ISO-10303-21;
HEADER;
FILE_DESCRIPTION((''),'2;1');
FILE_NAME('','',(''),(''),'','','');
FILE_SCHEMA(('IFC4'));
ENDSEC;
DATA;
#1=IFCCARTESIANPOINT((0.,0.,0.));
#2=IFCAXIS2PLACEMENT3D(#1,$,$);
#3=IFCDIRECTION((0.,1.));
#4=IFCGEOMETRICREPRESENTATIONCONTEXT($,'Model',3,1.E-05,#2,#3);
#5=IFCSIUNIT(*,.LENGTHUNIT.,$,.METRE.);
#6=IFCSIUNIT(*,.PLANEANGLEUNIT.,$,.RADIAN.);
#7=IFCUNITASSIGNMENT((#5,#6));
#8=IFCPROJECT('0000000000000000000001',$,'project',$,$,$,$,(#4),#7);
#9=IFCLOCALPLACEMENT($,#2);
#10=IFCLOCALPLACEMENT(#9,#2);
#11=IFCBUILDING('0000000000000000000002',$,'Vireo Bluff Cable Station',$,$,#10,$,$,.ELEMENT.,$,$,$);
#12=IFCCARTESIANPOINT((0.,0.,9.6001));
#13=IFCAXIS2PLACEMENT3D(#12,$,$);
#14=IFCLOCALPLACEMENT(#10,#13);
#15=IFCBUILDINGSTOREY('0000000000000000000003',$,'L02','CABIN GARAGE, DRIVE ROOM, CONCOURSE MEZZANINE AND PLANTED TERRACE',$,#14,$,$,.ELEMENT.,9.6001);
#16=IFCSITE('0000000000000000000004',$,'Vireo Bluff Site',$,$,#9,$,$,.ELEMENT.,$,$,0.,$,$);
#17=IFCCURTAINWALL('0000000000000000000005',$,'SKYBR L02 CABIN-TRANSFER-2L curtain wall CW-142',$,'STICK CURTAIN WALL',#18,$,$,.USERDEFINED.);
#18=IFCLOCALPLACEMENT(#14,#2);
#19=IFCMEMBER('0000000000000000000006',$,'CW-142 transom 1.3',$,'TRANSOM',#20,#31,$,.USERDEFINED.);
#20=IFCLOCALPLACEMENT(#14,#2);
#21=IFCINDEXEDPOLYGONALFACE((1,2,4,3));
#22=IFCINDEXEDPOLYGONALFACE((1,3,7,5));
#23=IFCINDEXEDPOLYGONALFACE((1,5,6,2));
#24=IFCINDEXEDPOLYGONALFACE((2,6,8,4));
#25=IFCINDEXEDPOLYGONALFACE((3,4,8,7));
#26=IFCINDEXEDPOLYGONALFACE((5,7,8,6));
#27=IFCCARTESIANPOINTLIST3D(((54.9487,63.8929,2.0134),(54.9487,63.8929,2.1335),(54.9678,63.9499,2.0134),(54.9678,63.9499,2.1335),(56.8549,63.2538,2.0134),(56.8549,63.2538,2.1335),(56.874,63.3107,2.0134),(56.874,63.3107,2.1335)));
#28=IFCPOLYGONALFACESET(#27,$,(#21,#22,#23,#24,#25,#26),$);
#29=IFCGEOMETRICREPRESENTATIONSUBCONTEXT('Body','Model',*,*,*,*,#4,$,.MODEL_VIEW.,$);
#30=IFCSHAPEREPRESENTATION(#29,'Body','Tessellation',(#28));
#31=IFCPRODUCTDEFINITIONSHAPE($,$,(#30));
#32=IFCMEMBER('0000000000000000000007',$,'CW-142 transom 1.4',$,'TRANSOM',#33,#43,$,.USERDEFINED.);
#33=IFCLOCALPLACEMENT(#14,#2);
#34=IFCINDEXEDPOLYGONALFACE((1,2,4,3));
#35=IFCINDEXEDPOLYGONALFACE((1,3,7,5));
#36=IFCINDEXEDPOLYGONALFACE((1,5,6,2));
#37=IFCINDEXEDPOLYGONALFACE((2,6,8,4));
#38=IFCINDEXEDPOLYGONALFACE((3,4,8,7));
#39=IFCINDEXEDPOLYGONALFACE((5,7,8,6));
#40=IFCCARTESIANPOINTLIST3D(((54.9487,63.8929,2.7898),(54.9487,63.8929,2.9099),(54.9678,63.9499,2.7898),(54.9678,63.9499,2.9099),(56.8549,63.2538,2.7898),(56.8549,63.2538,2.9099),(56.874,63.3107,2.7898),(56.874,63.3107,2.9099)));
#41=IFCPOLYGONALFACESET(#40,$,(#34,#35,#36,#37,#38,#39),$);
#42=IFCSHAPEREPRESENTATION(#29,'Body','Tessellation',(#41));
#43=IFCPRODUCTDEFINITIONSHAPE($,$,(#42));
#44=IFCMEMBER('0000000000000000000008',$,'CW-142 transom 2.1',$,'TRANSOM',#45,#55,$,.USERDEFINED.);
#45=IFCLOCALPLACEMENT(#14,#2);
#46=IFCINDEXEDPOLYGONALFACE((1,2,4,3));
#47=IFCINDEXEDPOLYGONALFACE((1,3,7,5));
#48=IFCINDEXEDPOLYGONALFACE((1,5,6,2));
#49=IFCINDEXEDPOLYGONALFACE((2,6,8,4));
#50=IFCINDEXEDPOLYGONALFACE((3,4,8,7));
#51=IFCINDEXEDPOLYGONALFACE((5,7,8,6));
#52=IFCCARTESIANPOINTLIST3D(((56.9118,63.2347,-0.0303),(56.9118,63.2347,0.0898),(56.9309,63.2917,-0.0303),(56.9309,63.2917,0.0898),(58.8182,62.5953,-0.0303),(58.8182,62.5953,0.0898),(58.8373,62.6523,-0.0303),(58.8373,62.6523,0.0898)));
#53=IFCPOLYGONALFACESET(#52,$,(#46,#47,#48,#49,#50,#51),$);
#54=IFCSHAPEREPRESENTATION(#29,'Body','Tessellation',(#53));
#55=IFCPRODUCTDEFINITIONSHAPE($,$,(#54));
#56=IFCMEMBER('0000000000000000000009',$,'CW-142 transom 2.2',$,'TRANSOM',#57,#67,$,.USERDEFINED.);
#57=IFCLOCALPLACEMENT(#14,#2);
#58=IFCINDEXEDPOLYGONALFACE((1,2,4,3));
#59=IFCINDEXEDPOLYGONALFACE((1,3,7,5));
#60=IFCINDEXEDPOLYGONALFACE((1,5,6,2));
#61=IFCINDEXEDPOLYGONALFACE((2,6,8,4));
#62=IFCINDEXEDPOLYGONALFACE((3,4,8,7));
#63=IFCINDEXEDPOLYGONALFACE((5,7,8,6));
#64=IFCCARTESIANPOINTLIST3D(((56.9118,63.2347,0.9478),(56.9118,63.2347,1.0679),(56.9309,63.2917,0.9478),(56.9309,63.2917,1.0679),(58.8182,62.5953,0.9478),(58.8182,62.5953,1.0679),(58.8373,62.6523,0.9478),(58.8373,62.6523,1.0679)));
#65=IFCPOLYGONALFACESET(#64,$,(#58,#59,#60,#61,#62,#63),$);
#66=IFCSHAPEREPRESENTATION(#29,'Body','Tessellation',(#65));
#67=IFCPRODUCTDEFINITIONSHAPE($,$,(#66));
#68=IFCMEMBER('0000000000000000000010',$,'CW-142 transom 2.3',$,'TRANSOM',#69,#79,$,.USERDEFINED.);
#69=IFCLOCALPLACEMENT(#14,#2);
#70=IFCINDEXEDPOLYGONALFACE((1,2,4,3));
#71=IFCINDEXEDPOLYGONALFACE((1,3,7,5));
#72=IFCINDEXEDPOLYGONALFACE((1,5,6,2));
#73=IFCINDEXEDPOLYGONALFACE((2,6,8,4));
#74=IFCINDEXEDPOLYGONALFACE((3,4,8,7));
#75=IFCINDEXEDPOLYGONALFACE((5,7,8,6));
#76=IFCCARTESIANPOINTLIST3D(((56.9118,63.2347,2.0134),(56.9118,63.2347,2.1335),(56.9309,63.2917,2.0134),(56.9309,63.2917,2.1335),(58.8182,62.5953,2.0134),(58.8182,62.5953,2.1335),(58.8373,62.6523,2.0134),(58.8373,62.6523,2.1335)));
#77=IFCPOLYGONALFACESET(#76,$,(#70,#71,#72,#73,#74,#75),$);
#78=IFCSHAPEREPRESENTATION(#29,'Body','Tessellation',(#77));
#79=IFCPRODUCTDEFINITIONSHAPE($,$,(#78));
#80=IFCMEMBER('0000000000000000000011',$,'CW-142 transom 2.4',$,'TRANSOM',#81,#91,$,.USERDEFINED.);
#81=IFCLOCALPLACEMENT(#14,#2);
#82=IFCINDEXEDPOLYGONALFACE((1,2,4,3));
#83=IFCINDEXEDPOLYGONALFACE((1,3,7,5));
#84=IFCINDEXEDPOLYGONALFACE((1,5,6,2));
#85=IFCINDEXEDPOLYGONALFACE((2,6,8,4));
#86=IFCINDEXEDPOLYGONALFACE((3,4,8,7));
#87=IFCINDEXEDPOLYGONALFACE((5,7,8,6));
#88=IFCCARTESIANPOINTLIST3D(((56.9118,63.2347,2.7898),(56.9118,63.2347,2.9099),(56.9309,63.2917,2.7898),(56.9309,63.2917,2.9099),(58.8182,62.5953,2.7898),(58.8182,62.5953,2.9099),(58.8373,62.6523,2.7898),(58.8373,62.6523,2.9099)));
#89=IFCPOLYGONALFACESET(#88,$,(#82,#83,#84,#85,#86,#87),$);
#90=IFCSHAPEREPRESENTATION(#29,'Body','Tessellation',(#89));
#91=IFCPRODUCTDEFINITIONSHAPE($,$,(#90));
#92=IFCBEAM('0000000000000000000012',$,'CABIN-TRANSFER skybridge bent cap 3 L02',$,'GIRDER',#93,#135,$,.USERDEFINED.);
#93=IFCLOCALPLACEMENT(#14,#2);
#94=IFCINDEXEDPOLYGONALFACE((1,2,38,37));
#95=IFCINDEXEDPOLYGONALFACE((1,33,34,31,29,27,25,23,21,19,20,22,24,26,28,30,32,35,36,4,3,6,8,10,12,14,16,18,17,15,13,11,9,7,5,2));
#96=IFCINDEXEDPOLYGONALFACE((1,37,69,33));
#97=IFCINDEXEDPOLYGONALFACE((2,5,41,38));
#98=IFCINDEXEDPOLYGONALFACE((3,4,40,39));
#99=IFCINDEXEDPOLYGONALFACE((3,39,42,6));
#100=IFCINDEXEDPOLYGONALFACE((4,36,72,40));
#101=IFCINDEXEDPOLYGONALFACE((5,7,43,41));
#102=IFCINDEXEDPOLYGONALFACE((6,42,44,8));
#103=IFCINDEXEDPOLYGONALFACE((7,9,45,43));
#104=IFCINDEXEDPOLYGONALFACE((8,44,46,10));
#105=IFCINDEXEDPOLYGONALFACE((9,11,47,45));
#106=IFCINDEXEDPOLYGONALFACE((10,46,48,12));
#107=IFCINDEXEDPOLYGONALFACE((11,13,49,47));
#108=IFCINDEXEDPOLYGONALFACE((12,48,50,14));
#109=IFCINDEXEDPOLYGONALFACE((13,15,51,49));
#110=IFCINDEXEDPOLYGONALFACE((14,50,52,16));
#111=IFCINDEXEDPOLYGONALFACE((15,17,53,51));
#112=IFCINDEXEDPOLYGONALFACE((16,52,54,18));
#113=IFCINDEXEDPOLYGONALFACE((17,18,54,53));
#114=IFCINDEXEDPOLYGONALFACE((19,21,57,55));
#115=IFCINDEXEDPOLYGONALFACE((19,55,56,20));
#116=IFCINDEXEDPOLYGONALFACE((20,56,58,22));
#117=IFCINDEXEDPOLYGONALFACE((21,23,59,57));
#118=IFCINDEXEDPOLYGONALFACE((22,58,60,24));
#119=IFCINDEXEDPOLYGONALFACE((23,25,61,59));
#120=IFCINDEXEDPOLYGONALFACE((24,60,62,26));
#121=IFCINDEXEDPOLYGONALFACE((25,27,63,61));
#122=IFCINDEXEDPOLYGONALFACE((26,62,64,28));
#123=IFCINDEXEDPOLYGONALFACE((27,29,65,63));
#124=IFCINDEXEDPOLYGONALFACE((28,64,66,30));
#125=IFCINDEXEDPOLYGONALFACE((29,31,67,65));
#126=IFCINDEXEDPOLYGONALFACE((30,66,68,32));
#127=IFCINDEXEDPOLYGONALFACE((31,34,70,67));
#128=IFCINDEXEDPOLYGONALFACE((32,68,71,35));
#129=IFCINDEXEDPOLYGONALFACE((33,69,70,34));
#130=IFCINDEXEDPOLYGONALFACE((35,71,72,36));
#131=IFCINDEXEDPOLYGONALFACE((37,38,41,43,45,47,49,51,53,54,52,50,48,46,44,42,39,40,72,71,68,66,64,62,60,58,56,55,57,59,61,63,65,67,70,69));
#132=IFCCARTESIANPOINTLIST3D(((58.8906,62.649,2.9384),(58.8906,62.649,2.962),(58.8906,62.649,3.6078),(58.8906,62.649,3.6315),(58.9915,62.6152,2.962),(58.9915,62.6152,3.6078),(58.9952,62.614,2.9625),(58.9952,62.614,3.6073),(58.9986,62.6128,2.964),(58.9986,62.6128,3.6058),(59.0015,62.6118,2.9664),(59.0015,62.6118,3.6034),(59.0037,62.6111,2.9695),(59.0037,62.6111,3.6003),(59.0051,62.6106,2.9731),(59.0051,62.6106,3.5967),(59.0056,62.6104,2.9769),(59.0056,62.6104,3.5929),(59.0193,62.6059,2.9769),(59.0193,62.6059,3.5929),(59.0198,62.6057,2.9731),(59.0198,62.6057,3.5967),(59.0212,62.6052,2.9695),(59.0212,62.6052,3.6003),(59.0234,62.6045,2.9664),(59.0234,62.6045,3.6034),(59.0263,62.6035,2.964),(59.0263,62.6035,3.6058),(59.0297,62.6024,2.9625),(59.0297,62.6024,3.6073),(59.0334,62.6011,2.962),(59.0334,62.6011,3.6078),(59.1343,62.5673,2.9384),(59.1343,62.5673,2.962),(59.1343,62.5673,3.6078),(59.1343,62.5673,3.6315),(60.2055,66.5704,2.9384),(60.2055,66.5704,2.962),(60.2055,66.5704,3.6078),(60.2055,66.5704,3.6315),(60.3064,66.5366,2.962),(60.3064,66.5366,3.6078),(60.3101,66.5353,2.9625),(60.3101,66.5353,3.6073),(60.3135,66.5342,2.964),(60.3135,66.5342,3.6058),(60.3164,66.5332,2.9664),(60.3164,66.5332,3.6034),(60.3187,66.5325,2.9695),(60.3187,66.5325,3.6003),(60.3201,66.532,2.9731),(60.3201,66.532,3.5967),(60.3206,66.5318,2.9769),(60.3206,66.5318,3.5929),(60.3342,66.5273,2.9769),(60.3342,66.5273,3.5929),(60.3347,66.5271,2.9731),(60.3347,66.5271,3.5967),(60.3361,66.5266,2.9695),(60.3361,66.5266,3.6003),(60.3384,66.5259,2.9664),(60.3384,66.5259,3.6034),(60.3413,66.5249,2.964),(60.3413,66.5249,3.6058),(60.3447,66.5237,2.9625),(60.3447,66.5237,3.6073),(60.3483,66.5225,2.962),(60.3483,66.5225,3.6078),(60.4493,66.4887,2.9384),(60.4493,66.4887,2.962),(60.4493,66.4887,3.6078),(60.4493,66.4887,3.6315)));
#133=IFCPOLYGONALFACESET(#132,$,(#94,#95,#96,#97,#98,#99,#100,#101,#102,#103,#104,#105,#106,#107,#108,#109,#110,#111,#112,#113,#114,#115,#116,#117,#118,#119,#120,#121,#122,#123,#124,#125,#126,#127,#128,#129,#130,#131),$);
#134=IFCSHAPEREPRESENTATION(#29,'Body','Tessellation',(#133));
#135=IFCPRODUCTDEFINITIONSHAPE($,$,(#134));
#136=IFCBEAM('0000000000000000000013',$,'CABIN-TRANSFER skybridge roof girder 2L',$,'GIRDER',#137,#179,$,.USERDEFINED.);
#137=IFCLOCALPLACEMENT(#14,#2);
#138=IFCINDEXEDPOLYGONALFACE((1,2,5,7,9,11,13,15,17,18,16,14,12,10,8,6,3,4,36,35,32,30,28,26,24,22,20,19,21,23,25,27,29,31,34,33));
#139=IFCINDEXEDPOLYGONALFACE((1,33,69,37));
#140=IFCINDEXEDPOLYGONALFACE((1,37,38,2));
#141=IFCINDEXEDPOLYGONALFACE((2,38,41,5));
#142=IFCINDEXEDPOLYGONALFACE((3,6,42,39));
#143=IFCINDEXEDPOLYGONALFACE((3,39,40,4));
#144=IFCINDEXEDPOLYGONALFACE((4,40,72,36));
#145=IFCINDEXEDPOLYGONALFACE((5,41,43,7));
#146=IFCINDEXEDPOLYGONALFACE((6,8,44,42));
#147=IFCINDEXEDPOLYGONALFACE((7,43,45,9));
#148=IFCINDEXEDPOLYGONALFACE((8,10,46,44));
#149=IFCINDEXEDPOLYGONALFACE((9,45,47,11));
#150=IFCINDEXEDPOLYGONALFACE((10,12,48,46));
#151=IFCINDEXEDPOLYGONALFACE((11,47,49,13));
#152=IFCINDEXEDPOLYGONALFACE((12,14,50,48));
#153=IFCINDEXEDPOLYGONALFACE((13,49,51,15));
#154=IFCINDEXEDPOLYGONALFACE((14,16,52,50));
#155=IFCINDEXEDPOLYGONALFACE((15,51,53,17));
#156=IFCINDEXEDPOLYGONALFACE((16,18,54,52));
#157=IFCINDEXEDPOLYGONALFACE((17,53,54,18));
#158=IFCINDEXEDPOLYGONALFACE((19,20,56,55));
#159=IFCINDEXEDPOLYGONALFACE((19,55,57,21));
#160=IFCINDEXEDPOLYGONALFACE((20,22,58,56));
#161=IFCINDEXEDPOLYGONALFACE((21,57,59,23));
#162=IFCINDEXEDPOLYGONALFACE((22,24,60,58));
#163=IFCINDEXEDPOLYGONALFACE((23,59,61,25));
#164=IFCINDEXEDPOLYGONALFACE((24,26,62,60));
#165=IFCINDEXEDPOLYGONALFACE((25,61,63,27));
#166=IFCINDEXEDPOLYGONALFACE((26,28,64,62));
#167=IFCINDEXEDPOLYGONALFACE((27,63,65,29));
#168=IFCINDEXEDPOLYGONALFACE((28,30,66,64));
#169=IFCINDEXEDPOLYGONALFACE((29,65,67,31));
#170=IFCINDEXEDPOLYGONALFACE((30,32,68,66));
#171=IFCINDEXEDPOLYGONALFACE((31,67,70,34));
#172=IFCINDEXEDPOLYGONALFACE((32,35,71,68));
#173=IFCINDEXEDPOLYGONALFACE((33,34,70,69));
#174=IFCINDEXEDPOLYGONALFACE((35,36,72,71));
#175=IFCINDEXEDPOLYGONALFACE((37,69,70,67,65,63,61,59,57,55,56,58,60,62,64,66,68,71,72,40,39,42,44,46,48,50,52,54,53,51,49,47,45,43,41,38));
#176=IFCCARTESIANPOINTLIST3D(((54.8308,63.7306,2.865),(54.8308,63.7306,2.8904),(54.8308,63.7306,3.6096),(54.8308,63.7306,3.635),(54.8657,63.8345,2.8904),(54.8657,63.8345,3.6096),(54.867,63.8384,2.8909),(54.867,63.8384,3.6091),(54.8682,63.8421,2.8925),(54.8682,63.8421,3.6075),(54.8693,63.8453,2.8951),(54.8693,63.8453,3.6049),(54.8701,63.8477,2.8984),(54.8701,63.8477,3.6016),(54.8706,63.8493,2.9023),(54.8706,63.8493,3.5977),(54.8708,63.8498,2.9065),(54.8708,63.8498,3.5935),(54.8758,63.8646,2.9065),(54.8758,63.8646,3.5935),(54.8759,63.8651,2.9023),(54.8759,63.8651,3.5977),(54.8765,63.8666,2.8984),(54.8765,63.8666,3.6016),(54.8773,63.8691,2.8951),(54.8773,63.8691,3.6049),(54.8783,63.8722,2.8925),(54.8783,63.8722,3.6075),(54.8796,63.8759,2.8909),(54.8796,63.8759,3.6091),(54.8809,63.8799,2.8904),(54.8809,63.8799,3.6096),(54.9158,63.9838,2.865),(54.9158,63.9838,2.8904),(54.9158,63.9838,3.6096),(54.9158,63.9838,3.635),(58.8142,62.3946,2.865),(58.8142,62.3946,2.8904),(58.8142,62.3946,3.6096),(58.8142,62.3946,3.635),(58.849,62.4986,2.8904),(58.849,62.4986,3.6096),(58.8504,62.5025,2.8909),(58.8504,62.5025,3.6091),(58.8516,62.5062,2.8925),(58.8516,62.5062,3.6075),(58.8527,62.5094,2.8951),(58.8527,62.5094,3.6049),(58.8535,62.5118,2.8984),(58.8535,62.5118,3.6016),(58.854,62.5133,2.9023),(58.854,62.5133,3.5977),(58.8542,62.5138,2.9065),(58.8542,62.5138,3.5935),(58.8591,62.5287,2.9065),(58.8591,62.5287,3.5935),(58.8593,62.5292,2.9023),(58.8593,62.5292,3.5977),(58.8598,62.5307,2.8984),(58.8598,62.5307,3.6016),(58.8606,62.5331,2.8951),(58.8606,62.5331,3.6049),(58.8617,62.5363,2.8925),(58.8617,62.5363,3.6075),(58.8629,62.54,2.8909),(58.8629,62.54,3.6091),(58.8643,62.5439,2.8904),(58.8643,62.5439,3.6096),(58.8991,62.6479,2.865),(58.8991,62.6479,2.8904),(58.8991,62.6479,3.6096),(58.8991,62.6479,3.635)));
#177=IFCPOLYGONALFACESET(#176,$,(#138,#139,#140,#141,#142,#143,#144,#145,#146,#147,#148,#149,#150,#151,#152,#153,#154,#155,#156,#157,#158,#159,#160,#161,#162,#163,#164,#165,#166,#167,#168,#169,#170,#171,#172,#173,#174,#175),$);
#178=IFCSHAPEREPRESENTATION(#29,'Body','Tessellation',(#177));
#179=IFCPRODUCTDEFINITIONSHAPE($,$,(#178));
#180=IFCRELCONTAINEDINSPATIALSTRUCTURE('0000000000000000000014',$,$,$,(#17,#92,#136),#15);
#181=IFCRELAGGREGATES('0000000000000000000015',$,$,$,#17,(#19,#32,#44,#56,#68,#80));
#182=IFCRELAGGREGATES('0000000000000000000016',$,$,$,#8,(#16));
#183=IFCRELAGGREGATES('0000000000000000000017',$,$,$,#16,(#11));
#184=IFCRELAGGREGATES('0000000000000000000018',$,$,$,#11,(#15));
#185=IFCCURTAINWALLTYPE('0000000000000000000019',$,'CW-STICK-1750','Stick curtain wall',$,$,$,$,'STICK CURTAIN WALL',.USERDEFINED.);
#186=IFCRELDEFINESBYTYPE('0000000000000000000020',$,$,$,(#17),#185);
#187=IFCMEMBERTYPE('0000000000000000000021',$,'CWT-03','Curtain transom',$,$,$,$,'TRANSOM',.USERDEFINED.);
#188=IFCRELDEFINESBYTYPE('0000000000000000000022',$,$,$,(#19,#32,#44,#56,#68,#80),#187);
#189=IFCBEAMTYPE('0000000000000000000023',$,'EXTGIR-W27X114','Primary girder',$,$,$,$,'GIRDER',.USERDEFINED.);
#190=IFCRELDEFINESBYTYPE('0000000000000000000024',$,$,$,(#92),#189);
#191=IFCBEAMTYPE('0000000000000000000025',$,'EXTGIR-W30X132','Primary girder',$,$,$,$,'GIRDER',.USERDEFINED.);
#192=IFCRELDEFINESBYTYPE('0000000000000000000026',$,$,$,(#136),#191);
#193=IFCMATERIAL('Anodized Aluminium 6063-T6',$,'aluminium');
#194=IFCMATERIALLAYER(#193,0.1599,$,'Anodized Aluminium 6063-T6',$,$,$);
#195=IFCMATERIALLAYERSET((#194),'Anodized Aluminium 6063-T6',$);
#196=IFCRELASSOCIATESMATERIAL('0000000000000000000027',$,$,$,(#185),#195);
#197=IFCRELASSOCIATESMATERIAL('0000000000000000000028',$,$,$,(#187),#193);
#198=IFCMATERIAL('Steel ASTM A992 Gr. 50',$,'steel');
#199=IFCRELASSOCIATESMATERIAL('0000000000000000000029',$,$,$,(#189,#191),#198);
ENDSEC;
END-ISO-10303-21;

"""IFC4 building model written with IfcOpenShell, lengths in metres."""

from ifc_helpers import new_model, si_unit, direction, frame, origin, origin_2d, place, context, subcontext, project, spatial, rectangle, i_section, extrude, material, layer, layer_set, material_profile, profile_set, type_object, element, aggregate, save


model = new_model("IFC4")

# Units and contexts
model_context = context("Model", 3, precision=1e-05, world=origin(), true_north=direction((0.0, 1.0)))
body_context = subcontext(model_context, "Body", "Model", "MODEL_VIEW")
ifc_project = project(units=[si_unit("LENGTHUNIT", "METRE"), si_unit("PLANEANGLEUNIT", "RADIAN")], contexts=[model_context])

# Site, building, storey
site_placement = place(None, origin())
site = spatial("IfcSite", under=ifc_project, at=site_placement, Name="Vireo Bluff Site", CompositionType="ELEMENT", RefElevation=0.0)
building_placement = place(site_placement, origin())
building = spatial("IfcBuilding", under=site, at=building_placement, Name="Vireo Bluff Cable Station", CompositionType="ELEMENT")
storey_placement = place(building_placement, frame((0.0, 0.0, 9.6001)))
storey = spatial("IfcBuildingStorey", under=building, at=storey_placement, Name="L02", Description="CABIN GARAGE, DRIVE ROOM, CONCOURSE MEZZANINE AND PLANTED TERRACE", CompositionType="ELEMENT", Elevation=9.6001)

# Shared definitions
ifc_material_1 = material(Name="Steel ASTM A992 Gr. 50", Category="steel")

# Shared definitions
ifc_material_2 = material(Name="Anodized Aluminium 6063-T6", Category="aluminium")
ifc_layer_1 = layer(ifc_material_2, 0.1599, Name="Anodized Aluminium 6063-T6")
ifc_layer_set_1 = layer_set([ifc_layer_1], Name="Anodized Aluminium 6063-T6")
curtain_wall_type = type_object("IfcCurtainWallType", Name="CW-STICK-1750", Description="Stick curtain wall", ElementType="STICK CURTAIN WALL", PredefinedType="USERDEFINED", material=ifc_layer_set_1)

# Curtain wall
curtain_wall_1_placement = place(storey_placement, origin())
curtain_wall_1 = element("IfcCurtainWall", 1, at=curtain_wall_1_placement, inside=storey, type_object=curtain_wall_type, Name="SKYBR L02 CABIN-TRANSFER-2L curtain wall CW-142", ObjectType="STICK CURTAIN WALL", PredefinedType="USERDEFINED")

# Members
ifc_material_profile_1 = material_profile(ifc_material_2, rectangle(XDim=0.0601, YDim=0.1201, at=origin_2d()), Name="ALU-T-60X120")
ifc_profile_set_1 = profile_set([ifc_material_profile_1], Name="Anodized Aluminium 6063-T6")
member_type_1 = type_object("IfcMemberType", Name="CWT-03", Description="Curtain transom", ElementType="TRANSOM", PredefinedType="USERDEFINED", material=ifc_profile_set_1)
member_1_placement = place(storey_placement, frame((54.9583, 63.9214, 2.0735), z_axis=(0.948123, -0.317903, 0.0), x_axis=(0.317903, 0.948123, 0.0)))
member_1 = element("IfcMember", 2, at=member_1_placement, type_object=member_type_1, Name="CW-142 transom 1.3", ObjectType="TRANSOM", PredefinedType="USERDEFINED", context=body_context, shape_type="SweptSolid", body=[
    extrude(rectangle(XDim=0.0601, YDim=0.1201, at=origin_2d()), origin(), (0.0, 0.0, 1.0), 2.0105),
])
member_2_placement = place(storey_placement, frame((54.9583, 63.9214, 2.8499), z_axis=(0.948123, -0.317903, 0.0), x_axis=(0.317903, 0.948123, 0.0)))
member_2 = element("IfcMember", 3, at=member_2_placement, type_object=member_type_1, Name="CW-142 transom 1.4", ObjectType="TRANSOM", PredefinedType="USERDEFINED", context=body_context, shape_type="SweptSolid", body=[
    extrude(rectangle(XDim=0.0601, YDim=0.1201, at=origin_2d()), origin(), (0.0, 0.0, 1.0), 2.0105),
])
member_3_placement = place(storey_placement, frame((56.9214, 63.2632, 0.0298), z_axis=(0.948099, -0.317976, 0.0), x_axis=(0.317976, 0.948099, 0.0)))
member_3 = element("IfcMember", 4, at=member_3_placement, type_object=member_type_1, Name="CW-142 transom 2.1", ObjectType="TRANSOM", PredefinedType="USERDEFINED", context=body_context, shape_type="SweptSolid", body=[
    extrude(rectangle(XDim=0.0601, YDim=0.1201, at=origin_2d()), origin(), (0.0, 0.0, 1.0), 2.0107),
])
member_4_placement = place(storey_placement, frame((56.9214, 63.2632, 1.0078), z_axis=(0.948099, -0.317976, 0.0), x_axis=(0.317976, 0.948099, 0.0)))
member_4 = element("IfcMember", 5, at=member_4_placement, type_object=member_type_1, Name="CW-142 transom 2.2", ObjectType="TRANSOM", PredefinedType="USERDEFINED", context=body_context, shape_type="SweptSolid", body=[
    extrude(rectangle(XDim=0.0601, YDim=0.1201, at=origin_2d()), origin(), (0.0, 0.0, 1.0), 2.0107),
])
member_5_placement = place(storey_placement, frame((56.9214, 63.2632, 2.0735), z_axis=(0.948099, -0.317976, 0.0), x_axis=(0.317976, 0.948099, 0.0)))
member_5 = element("IfcMember", 6, at=member_5_placement, type_object=member_type_1, Name="CW-142 transom 2.3", ObjectType="TRANSOM", PredefinedType="USERDEFINED", context=body_context, shape_type="SweptSolid", body=[
    extrude(rectangle(XDim=0.0601, YDim=0.1201, at=origin_2d()), origin(), (0.0, 0.0, 1.0), 2.0107),
])
member_6_placement = place(storey_placement, frame((56.9214, 63.2632, 2.8499), z_axis=(0.948099, -0.317976, 0.0), x_axis=(0.317976, 0.948099, 0.0)))
member_6 = element("IfcMember", 7, at=member_6_placement, type_object=member_type_1, Name="CW-142 transom 2.4", ObjectType="TRANSOM", PredefinedType="USERDEFINED", context=body_context, shape_type="SweptSolid", body=[
    extrude(rectangle(XDim=0.0601, YDim=0.1201, at=origin_2d()), origin(), (0.0, 0.0, 1.0), 2.0107),
])

# Beams
ifc_material_profile_2 = material_profile(ifc_material_1, i_section(OverallWidth=0.2571, OverallDepth=0.6931, WebThickness=0.0144, FlangeThickness=0.0237, FilletRadius=0.0149, at=origin_2d()), Name="W27X114")
ifc_profile_set_2 = profile_set([ifc_material_profile_2], Name="Steel ASTM A992 Gr. 50")
beam_type_1 = type_object("IfcBeamType", Name="EXTGIR-W27X114", Description="Primary girder", ElementType="GIRDER", PredefinedType="USERDEFINED", material=ifc_profile_set_2)
beam_1_placement = place(storey_placement, frame((59.0125, 62.6082, 3.2849), z_axis=(0.317927, 0.948115, 0.0), x_axis=(-0.948115, 0.317927, 0.0)))
element("IfcBeam", 8, at=beam_1_placement, inside=storey, type_object=beam_type_1, Name="CABIN-TRANSFER skybridge bent cap 3 L02", ObjectType="GIRDER", PredefinedType="USERDEFINED", context=body_context, shape_type="SweptSolid", body=[
    extrude(i_section(OverallWidth=0.2571, OverallDepth=0.6931, WebThickness=0.0144, FlangeThickness=0.0237, FilletRadius=0.0149, at=origin_2d()), origin(), (0.0, 0.0, 1.0), 4.136),
])
ifc_material_profile_3 = material_profile(ifc_material_1, i_section(OverallWidth=0.2671, OverallDepth=0.77, WebThickness=0.0156, FlangeThickness=0.0254, FilletRadius=0.0161, at=origin_2d()), Name="W30X132")
ifc_profile_set_3 = profile_set([ifc_material_profile_3], Name="Steel ASTM A992 Gr. 50")
beam_type_2 = type_object("IfcBeamType", Name="EXTGIR-W30X132", Description="Primary girder", ElementType="GIRDER", PredefinedType="USERDEFINED", material=ifc_profile_set_3)
beam_2_placement = place(storey_placement, frame((54.8733, 63.8572, 3.25), z_axis=(0.948101, -0.31797, 0.0), x_axis=(0.31797, 0.948101, 0.0)))
element("IfcBeam", 9, at=beam_2_placement, inside=storey, type_object=beam_type_2, Name="CABIN-TRANSFER skybridge roof girder 2L", ObjectType="GIRDER", PredefinedType="USERDEFINED", context=body_context, shape_type="SweptSolid", body=[
    extrude(i_section(OverallWidth=0.2671, OverallDepth=0.77, WebThickness=0.0156, FlangeThickness=0.0254, FilletRadius=0.0161, at=origin_2d()), origin(), (0.0, 0.0, 1.0), 4.2014),
])

aggregate(curtain_wall_1, [member_1, member_2, member_3, member_4, member_5, member_6])

save(model, "model.ifc")
